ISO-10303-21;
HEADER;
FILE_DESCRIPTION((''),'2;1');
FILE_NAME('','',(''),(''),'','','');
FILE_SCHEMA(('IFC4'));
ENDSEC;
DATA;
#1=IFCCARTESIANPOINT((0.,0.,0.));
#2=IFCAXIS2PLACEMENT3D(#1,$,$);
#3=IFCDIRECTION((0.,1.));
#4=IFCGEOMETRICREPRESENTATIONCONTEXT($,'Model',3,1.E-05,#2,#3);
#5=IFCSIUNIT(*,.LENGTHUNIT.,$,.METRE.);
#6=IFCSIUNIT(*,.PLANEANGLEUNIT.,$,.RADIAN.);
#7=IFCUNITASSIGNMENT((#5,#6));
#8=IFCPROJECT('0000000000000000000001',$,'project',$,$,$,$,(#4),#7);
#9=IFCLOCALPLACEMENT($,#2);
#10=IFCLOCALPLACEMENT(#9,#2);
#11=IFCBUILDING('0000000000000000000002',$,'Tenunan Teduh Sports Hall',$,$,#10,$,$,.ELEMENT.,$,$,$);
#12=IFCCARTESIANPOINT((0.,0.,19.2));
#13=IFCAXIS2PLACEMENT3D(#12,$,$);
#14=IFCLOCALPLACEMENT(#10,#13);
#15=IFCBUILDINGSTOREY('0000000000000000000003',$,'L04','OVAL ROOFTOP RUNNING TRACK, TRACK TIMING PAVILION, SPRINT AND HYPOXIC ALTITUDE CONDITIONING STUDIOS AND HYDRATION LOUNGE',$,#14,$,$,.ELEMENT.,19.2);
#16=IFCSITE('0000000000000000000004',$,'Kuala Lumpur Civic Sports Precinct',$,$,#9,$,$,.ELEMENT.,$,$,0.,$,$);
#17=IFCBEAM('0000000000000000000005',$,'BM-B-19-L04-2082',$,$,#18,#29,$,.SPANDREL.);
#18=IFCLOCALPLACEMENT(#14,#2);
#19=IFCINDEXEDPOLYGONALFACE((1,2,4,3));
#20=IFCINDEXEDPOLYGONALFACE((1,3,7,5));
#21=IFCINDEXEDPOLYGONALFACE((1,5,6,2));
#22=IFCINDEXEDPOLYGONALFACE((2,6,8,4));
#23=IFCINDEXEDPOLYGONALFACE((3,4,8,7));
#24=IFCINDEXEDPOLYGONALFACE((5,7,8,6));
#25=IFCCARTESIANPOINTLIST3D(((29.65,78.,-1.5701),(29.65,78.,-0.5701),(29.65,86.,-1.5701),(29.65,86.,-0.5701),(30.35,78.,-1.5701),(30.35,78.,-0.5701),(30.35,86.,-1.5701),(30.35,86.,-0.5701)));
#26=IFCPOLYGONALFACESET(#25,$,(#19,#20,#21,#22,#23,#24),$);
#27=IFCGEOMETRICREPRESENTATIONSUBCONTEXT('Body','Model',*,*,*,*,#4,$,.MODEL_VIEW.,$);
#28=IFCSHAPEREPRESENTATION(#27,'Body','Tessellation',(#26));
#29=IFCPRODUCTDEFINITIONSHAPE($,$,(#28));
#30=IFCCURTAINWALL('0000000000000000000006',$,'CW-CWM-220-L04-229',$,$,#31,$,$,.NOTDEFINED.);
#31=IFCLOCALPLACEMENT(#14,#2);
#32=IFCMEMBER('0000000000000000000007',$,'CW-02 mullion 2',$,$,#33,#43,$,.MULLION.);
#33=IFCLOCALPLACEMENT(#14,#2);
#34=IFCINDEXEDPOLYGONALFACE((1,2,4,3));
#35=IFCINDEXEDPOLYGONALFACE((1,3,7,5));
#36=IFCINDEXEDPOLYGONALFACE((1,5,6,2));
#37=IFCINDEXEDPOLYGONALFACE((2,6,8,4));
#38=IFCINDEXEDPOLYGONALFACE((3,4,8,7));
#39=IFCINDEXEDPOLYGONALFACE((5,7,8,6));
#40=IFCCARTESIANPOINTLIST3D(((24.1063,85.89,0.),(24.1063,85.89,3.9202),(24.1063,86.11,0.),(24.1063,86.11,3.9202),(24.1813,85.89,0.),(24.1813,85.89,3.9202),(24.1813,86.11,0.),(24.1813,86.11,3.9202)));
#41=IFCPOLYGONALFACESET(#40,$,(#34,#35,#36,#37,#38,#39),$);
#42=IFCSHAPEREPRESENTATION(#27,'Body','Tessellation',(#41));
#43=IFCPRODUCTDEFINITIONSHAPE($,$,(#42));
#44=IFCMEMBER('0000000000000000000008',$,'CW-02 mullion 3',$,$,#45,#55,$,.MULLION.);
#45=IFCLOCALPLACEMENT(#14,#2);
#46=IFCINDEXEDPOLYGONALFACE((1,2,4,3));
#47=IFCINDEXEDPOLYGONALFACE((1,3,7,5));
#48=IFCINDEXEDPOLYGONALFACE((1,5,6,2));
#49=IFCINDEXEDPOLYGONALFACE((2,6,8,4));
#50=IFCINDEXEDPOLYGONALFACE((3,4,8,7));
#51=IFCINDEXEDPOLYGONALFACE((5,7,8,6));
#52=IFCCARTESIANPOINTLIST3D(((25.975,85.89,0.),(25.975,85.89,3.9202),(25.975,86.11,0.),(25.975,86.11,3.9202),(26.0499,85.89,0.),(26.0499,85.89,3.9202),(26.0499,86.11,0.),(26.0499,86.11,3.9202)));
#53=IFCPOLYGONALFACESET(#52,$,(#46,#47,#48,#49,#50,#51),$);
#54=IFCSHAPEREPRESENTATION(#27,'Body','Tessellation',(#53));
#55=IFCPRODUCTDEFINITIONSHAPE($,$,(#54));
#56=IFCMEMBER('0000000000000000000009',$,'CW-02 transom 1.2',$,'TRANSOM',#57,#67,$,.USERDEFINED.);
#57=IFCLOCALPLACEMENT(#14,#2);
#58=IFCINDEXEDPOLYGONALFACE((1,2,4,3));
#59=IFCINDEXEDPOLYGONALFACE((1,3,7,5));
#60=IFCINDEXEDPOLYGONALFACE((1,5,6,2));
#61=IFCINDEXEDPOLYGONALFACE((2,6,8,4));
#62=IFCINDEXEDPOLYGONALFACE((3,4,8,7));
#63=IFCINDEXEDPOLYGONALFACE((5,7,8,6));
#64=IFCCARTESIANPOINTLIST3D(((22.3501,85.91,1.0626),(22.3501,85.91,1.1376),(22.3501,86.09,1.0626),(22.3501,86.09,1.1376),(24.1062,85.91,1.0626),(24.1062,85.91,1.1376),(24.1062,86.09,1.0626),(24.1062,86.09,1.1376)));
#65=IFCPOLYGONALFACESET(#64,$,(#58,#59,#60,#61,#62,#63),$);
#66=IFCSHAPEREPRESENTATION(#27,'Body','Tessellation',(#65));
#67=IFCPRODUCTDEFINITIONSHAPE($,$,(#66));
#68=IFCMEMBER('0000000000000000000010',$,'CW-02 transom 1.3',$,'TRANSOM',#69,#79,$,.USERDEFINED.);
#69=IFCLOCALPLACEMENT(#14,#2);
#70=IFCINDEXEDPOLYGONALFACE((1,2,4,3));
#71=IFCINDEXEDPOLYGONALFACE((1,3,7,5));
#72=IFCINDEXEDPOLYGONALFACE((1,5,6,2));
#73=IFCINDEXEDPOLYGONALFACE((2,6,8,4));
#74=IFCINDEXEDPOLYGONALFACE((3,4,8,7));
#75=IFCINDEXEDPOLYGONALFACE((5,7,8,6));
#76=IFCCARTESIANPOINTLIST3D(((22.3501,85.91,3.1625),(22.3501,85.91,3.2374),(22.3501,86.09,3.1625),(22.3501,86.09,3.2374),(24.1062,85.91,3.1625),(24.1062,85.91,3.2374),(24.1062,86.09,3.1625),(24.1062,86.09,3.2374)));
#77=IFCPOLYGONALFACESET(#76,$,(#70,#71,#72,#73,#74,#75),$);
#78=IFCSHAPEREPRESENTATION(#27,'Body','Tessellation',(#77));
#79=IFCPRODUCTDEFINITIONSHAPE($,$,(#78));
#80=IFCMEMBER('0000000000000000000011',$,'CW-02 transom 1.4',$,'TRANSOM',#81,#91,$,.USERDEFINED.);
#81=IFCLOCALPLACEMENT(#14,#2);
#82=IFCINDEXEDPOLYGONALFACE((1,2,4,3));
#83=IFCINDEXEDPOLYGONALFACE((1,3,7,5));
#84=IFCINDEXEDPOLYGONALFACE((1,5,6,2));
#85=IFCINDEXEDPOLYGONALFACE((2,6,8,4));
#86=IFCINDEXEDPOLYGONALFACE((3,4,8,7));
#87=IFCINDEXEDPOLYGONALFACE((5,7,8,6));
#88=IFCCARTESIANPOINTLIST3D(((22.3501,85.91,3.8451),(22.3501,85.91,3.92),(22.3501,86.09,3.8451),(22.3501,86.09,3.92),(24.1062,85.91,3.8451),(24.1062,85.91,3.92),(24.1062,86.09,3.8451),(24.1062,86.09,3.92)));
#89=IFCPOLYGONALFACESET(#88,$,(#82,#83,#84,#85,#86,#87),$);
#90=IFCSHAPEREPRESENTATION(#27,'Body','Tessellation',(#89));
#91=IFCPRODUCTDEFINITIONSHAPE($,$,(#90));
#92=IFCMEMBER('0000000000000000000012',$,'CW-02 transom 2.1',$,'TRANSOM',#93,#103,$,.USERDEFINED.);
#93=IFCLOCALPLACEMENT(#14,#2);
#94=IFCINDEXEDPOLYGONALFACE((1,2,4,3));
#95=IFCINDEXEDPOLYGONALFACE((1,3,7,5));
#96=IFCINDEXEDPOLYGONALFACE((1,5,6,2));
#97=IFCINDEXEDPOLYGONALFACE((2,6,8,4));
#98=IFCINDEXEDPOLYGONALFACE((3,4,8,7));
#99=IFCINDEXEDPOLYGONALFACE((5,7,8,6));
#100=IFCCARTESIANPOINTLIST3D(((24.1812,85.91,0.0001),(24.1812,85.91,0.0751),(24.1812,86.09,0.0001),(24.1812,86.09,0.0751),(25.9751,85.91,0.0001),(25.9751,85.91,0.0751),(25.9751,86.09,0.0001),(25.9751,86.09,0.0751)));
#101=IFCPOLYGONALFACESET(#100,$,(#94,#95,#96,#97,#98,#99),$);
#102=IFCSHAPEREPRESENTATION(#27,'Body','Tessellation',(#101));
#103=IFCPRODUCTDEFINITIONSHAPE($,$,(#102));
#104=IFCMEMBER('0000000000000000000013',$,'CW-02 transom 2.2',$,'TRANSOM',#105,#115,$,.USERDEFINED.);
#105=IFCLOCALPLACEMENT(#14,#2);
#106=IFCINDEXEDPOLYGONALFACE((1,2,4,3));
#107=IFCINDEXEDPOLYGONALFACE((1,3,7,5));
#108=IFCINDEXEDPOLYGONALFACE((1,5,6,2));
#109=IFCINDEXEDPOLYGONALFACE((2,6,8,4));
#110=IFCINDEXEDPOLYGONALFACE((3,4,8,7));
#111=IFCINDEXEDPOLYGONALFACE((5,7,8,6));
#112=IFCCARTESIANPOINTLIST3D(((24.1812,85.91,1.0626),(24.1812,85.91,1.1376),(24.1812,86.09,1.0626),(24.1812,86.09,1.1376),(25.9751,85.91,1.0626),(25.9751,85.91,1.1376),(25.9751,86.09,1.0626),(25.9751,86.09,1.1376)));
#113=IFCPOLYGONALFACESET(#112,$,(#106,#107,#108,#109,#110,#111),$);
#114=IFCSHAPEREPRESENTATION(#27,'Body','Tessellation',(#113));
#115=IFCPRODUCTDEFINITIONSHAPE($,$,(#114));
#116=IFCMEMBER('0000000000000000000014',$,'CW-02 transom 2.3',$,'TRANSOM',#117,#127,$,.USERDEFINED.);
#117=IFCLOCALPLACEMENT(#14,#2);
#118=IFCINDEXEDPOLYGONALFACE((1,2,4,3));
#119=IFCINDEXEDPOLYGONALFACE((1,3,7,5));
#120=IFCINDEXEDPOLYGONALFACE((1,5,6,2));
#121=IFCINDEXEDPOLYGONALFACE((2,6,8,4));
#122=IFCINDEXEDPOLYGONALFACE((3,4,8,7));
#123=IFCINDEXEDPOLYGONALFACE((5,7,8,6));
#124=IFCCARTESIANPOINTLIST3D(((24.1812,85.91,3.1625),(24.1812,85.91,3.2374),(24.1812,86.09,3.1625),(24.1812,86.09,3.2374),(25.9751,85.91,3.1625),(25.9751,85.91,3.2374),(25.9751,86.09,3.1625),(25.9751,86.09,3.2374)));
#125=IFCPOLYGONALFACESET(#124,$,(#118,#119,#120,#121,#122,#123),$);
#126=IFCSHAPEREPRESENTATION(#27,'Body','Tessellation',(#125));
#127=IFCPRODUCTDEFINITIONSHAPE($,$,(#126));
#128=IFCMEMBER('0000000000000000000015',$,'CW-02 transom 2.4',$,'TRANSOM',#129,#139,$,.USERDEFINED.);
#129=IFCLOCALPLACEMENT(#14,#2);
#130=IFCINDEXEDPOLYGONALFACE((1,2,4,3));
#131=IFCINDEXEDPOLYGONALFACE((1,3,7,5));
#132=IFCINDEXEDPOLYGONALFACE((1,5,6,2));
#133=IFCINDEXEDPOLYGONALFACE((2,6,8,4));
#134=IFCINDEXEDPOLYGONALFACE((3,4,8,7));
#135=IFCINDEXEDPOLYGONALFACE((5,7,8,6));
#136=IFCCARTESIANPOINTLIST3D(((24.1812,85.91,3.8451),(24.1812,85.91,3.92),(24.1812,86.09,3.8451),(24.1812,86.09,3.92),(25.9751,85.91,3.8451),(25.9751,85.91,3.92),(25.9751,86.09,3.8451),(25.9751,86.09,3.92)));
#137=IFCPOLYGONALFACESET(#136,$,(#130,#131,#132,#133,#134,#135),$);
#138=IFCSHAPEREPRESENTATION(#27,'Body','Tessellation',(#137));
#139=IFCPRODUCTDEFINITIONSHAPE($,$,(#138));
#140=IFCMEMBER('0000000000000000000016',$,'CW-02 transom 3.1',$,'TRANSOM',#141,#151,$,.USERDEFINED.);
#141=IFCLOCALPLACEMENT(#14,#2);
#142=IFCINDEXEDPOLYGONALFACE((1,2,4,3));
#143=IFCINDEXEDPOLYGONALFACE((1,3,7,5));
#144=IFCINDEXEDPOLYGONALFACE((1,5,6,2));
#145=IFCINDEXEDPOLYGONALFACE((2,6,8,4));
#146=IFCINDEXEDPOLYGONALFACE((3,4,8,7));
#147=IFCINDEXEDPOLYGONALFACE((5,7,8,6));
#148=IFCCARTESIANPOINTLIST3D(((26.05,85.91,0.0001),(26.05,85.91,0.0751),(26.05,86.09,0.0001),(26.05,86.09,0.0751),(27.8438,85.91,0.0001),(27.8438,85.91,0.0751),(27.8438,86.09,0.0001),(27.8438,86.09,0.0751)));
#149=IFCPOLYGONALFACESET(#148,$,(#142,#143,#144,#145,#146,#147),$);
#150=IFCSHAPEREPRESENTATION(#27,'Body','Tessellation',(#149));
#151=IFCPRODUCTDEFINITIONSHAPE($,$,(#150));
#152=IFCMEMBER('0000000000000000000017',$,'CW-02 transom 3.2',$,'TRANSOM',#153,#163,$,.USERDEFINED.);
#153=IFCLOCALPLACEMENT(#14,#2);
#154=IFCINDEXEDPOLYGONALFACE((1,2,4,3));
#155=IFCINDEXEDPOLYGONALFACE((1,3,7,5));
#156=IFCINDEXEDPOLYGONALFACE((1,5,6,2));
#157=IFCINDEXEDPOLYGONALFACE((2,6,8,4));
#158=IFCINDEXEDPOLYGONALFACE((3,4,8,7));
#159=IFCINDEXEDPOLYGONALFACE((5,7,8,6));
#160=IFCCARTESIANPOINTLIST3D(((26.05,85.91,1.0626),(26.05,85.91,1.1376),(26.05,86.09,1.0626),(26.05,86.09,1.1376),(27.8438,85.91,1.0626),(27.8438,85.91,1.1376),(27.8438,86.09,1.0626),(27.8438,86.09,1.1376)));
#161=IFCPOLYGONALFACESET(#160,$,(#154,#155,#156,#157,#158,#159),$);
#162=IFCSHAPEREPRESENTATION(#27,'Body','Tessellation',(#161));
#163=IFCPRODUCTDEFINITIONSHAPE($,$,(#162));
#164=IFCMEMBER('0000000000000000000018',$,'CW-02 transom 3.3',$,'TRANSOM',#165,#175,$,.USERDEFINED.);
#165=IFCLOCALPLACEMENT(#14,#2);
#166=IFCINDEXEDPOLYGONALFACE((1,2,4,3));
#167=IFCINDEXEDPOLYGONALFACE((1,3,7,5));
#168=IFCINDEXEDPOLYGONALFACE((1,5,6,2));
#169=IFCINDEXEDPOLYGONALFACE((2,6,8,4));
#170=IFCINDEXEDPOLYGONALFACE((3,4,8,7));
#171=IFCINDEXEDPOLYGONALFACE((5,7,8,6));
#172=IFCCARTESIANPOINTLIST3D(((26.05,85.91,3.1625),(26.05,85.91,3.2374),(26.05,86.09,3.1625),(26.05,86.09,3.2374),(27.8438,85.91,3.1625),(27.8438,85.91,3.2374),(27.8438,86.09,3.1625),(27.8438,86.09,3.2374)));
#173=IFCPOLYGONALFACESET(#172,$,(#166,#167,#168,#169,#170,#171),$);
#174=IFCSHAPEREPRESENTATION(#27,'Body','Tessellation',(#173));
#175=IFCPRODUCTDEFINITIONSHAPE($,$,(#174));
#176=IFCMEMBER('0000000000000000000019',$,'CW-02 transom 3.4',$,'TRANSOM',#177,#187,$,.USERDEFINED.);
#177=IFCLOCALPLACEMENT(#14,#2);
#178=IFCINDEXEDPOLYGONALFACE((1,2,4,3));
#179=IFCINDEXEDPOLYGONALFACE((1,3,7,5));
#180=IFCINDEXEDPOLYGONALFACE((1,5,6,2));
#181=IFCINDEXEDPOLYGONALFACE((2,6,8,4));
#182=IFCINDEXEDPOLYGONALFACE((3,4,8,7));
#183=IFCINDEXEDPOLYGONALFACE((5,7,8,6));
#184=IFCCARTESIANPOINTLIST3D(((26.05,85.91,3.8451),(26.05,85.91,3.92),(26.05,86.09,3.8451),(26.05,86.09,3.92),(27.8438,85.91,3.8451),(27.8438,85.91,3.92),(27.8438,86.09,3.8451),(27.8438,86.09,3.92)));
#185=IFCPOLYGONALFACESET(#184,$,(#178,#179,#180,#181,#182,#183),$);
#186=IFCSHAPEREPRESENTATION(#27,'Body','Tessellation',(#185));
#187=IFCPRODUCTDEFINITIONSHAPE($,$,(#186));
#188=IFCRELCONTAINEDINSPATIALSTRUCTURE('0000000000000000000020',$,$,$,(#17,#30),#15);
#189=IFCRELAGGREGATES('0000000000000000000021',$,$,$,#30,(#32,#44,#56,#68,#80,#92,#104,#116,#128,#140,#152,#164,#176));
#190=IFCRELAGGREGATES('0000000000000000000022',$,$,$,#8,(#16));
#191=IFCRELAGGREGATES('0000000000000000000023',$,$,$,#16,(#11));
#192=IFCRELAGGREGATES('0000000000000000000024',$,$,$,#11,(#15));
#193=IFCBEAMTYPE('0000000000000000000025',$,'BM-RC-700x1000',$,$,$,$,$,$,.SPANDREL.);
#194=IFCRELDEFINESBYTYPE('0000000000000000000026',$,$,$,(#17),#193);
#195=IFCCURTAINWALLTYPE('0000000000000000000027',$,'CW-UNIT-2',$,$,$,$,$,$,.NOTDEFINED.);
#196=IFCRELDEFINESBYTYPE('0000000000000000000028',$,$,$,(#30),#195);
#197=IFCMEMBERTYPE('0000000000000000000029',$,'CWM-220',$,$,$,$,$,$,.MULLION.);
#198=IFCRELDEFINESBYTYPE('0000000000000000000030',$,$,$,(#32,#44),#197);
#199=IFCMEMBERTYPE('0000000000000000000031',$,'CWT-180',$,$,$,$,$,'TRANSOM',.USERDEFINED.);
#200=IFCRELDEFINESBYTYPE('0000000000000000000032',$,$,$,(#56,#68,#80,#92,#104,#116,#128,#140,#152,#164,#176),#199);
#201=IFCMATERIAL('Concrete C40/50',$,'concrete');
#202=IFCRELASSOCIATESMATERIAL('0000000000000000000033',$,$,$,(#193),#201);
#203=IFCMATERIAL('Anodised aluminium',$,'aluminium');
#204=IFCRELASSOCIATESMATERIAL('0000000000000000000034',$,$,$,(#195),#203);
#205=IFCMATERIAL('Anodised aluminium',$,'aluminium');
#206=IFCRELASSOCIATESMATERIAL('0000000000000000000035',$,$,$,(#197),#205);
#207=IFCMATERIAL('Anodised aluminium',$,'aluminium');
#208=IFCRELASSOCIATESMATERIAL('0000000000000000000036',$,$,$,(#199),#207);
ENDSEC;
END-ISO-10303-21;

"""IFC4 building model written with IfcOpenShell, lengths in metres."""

from ifc_helpers import new_model, si_unit, direction, frame, origin, origin_2d, place, context, subcontext, project, spatial, rectangle, extrude, material, material_profile, profile_set, type_object, element, aggregate, save


model = new_model("IFC4")

# Units and contexts
model_context = context("Model", 3, precision=1e-05, world=origin(), true_north=direction((0.0, 1.0)))
body_context = subcontext(model_context, "Body", "Model", "MODEL_VIEW")
ifc_project = project(units=[si_unit("LENGTHUNIT", "METRE"), si_unit("PLANEANGLEUNIT", "RADIAN")], contexts=[model_context])

# Site, building, storey
site_placement = place(None, origin())
site = spatial("IfcSite", under=ifc_project, at=site_placement, Name="Kuala Lumpur Civic Sports Precinct", CompositionType="ELEMENT", RefElevation=0.0)
building_placement = place(site_placement, origin())
building = spatial("IfcBuilding", under=site, at=building_placement, Name="Tenunan Teduh Sports Hall", CompositionType="ELEMENT")
storey_placement = place(building_placement, frame((0.0, 0.0, 19.2)))
storey = spatial("IfcBuildingStorey", under=building, at=storey_placement, Name="L04", Description="OVAL ROOFTOP RUNNING TRACK, TRACK TIMING PAVILION, SPRINT AND HYPOXIC ALTITUDE CONDITIONING STUDIOS AND HYDRATION LOUNGE", CompositionType="ELEMENT", Elevation=19.2)

# Beam
ifc_material_1 = material(Name="Concrete C40/50", Category="concrete")
ifc_material_profile_1 = material_profile(ifc_material_1, rectangle(XDim=0.7, YDim=1.0, at=origin_2d()), Name="RCB 700x1000")
ifc_profile_set_1 = profile_set([ifc_material_profile_1], Name="Concrete C40/50")
beam_type = type_object("IfcBeamType", Name="BM-RC-700x1000", PredefinedType="SPANDREL", material=ifc_profile_set_1)
beam_placement = place(storey_placement, frame((30.0, 78.0, -1.0701), z_axis=(0.0, 1.0, 0.0), x_axis=(-1.0, 0.0, 0.0)))
element("IfcBeam", 1, at=beam_placement, inside=storey, type_object=beam_type, Name="BM-B-19-L04-2082", PredefinedType="SPANDREL", context=body_context, shape_type="SweptSolid", body=[
    extrude(rectangle(XDim=0.7, YDim=1.0, at=origin_2d()), origin(), (0.0, 0.0, 1.0), 8.0),
])

# Curtain wall, members
ifc_material_2 = material(Name="Anodised aluminium", Category="aluminium")
curtain_wall_type = type_object("IfcCurtainWallType", Name="CW-UNIT-2", PredefinedType="NOTDEFINED", material=ifc_material_2)
curtain_wall_placement = place(storey_placement, origin())
curtain_wall = element("IfcCurtainWall", 2, at=curtain_wall_placement, inside=storey, type_object=curtain_wall_type, Name="CW-CWM-220-L04-229", PredefinedType="NOTDEFINED")
ifc_material_3 = material(Name="Anodised aluminium", Category="aluminium")
ifc_material_profile_2 = material_profile(ifc_material_3, rectangle(XDim=0.075, YDim=0.22, at=origin_2d()), Name="CWM 75x220")
ifc_profile_set_2 = profile_set([ifc_material_profile_2], Name="Anodised aluminium")
member_type_1 = type_object("IfcMemberType", Name="CWM-220", PredefinedType="MULLION", material=ifc_profile_set_2)
member_1_placement = place(storey_placement, frame((24.1438, 86.0, 0.0), z_axis=(0.0, 0.0, 1.0), x_axis=(1.0, 0.0, 0.0)))
member_1 = element("IfcMember", 3, at=member_1_placement, type_object=member_type_1, Name="CW-02 mullion 2", PredefinedType="MULLION", context=body_context, shape_type="SweptSolid", body=[
    extrude(rectangle(XDim=0.075, YDim=0.22, at=origin_2d()), origin(), (0.0, 0.0, 1.0), 3.9202),
])
member_2_placement = place(storey_placement, frame((26.0125, 86.0, 0.0), z_axis=(0.0, 0.0, 1.0), x_axis=(1.0, 0.0, 0.0)))
member_2 = element("IfcMember", 4, at=member_2_placement, type_object=member_type_1, Name="CW-02 mullion 3", PredefinedType="MULLION", context=body_context, shape_type="SweptSolid", body=[
    extrude(rectangle(XDim=0.075, YDim=0.22, at=origin_2d()), origin(), (0.0, 0.0, 1.0), 3.9202),
])
ifc_material_4 = material(Name="Anodised aluminium", Category="aluminium")
ifc_material_profile_3 = material_profile(ifc_material_4, rectangle(XDim=0.075, YDim=0.1799, at=origin_2d()), Name="CWT 75x180")
ifc_profile_set_3 = profile_set([ifc_material_profile_3], Name="Anodised aluminium")
member_type_2 = type_object("IfcMemberType", Name="CWT-180", ElementType="TRANSOM", PredefinedType="USERDEFINED", material=ifc_profile_set_3)
member_3_placement = place(storey_placement, frame((22.3501, 86.0, 1.1001), z_axis=(1.0, 0.0, 0.0), x_axis=(0.0, 0.0, 1.0)))
member_3 = element("IfcMember", 5, at=member_3_placement, type_object=member_type_2, Name="CW-02 transom 1.2", ObjectType="TRANSOM", PredefinedType="USERDEFINED", context=body_context, shape_type="SweptSolid", body=[
    extrude(rectangle(XDim=0.075, YDim=0.1799, at=origin_2d()), origin(), (0.0, 0.0, 1.0), 1.7561),
])
member_4_placement = place(storey_placement, frame((22.3501, 86.0, 3.2), z_axis=(1.0, 0.0, 0.0), x_axis=(0.0, 0.0, 1.0)))
member_4 = element("IfcMember", 6, at=member_4_placement, type_object=member_type_2, Name="CW-02 transom 1.3", ObjectType="TRANSOM", PredefinedType="USERDEFINED", context=body_context, shape_type="SweptSolid", body=[
    extrude(rectangle(XDim=0.075, YDim=0.1799, at=origin_2d()), origin(), (0.0, 0.0, 1.0), 1.7561),
])
member_5_placement = place(storey_placement, frame((22.3501, 86.0, 3.8826), z_axis=(1.0, 0.0, 0.0), x_axis=(0.0, 0.0, 1.0)))
member_5 = element("IfcMember", 7, at=member_5_placement, type_object=member_type_2, Name="CW-02 transom 1.4", ObjectType="TRANSOM", PredefinedType="USERDEFINED", context=body_context, shape_type="SweptSolid", body=[
    extrude(rectangle(XDim=0.075, YDim=0.1799, at=origin_2d()), origin(), (0.0, 0.0, 1.0), 1.7561),
])
member_6_placement = place(storey_placement, frame((24.1812, 86.0, 0.0376), z_axis=(1.0, 0.0, 0.0), x_axis=(0.0, 0.0, 1.0)))
member_6 = element("IfcMember", 8, at=member_6_placement, type_object=member_type_2, Name="CW-02 transom 2.1", ObjectType="TRANSOM", PredefinedType="USERDEFINED", context=body_context, shape_type="SweptSolid", body=[
    extrude(rectangle(XDim=0.075, YDim=0.1799, at=origin_2d()), origin(), (0.0, 0.0, 1.0), 1.7939),
])
member_7_placement = place(storey_placement, frame((24.1812, 86.0, 1.1001), z_axis=(1.0, 0.0, 0.0), x_axis=(0.0, 0.0, 1.0)))
member_7 = element("IfcMember", 9, at=member_7_placement, type_object=member_type_2, Name="CW-02 transom 2.2", ObjectType="TRANSOM", PredefinedType="USERDEFINED", context=body_context, shape_type="SweptSolid", body=[
    extrude(rectangle(XDim=0.075, YDim=0.1799, at=origin_2d()), origin(), (0.0, 0.0, 1.0), 1.7939),
])
member_8_placement = place(storey_placement, frame((24.1812, 86.0, 3.2), z_axis=(1.0, 0.0, 0.0), x_axis=(0.0, 0.0, 1.0)))
member_8 = element("IfcMember", 10, at=member_8_placement, type_object=member_type_2, Name="CW-02 transom 2.3", ObjectType="TRANSOM", PredefinedType="USERDEFINED", context=body_context, shape_type="SweptSolid", body=[
    extrude(rectangle(XDim=0.075, YDim=0.1799, at=origin_2d()), origin(), (0.0, 0.0, 1.0), 1.7939),
])
member_9_placement = place(storey_placement, frame((24.1812, 86.0, 3.8826), z_axis=(1.0, 0.0, 0.0), x_axis=(0.0, 0.0, 1.0)))
member_9 = element("IfcMember", 11, at=member_9_placement, type_object=member_type_2, Name="CW-02 transom 2.4", ObjectType="TRANSOM", PredefinedType="USERDEFINED", context=body_context, shape_type="SweptSolid", body=[
    extrude(rectangle(XDim=0.075, YDim=0.1799, at=origin_2d()), origin(), (0.0, 0.0, 1.0), 1.7939),
])
member_10_placement = place(storey_placement, frame((26.05, 86.0, 0.0376), z_axis=(1.0, 0.0, 0.0), x_axis=(0.0, 0.0, 1.0)))
member_10 = element("IfcMember", 12, at=member_10_placement, type_object=member_type_2, Name="CW-02 transom 3.1", ObjectType="TRANSOM", PredefinedType="USERDEFINED", context=body_context, shape_type="SweptSolid", body=[
    extrude(rectangle(XDim=0.075, YDim=0.1799, at=origin_2d()), origin(), (0.0, 0.0, 1.0), 1.7937),
])
member_11_placement = place(storey_placement, frame((26.05, 86.0, 1.1001), z_axis=(1.0, 0.0, 0.0), x_axis=(0.0, 0.0, 1.0)))
member_11 = element("IfcMember", 13, at=member_11_placement, type_object=member_type_2, Name="CW-02 transom 3.2", ObjectType="TRANSOM", PredefinedType="USERDEFINED", context=body_context, shape_type="SweptSolid", body=[
    extrude(rectangle(XDim=0.075, YDim=0.1799, at=origin_2d()), origin(), (0.0, 0.0, 1.0), 1.7937),
])
member_12_placement = place(storey_placement, frame((26.05, 86.0, 3.2), z_axis=(1.0, 0.0, 0.0), x_axis=(0.0, 0.0, 1.0)))
member_12 = element("IfcMember", 14, at=member_12_placement, type_object=member_type_2, Name="CW-02 transom 3.3", ObjectType="TRANSOM", PredefinedType="USERDEFINED", context=body_context, shape_type="SweptSolid", body=[
    extrude(rectangle(XDim=0.075, YDim=0.1799, at=origin_2d()), origin(), (0.0, 0.0, 1.0), 1.7937),
])
member_13_placement = place(storey_placement, frame((26.05, 86.0, 3.8826), z_axis=(1.0, 0.0, 0.0), x_axis=(0.0, 0.0, 1.0)))
member_13 = element("IfcMember", 15, at=member_13_placement, type_object=member_type_2, Name="CW-02 transom 3.4", ObjectType="TRANSOM", PredefinedType="USERDEFINED", context=body_context, shape_type="SweptSolid", body=[
    extrude(rectangle(XDim=0.075, YDim=0.1799, at=origin_2d()), origin(), (0.0, 0.0, 1.0), 1.7937),
])
aggregate(curtain_wall, [member_1, member_2, member_3, member_4, member_5, member_6, member_7, member_8, member_9, member_10, member_11, member_12, member_13])

save(model, "model.ifc")
